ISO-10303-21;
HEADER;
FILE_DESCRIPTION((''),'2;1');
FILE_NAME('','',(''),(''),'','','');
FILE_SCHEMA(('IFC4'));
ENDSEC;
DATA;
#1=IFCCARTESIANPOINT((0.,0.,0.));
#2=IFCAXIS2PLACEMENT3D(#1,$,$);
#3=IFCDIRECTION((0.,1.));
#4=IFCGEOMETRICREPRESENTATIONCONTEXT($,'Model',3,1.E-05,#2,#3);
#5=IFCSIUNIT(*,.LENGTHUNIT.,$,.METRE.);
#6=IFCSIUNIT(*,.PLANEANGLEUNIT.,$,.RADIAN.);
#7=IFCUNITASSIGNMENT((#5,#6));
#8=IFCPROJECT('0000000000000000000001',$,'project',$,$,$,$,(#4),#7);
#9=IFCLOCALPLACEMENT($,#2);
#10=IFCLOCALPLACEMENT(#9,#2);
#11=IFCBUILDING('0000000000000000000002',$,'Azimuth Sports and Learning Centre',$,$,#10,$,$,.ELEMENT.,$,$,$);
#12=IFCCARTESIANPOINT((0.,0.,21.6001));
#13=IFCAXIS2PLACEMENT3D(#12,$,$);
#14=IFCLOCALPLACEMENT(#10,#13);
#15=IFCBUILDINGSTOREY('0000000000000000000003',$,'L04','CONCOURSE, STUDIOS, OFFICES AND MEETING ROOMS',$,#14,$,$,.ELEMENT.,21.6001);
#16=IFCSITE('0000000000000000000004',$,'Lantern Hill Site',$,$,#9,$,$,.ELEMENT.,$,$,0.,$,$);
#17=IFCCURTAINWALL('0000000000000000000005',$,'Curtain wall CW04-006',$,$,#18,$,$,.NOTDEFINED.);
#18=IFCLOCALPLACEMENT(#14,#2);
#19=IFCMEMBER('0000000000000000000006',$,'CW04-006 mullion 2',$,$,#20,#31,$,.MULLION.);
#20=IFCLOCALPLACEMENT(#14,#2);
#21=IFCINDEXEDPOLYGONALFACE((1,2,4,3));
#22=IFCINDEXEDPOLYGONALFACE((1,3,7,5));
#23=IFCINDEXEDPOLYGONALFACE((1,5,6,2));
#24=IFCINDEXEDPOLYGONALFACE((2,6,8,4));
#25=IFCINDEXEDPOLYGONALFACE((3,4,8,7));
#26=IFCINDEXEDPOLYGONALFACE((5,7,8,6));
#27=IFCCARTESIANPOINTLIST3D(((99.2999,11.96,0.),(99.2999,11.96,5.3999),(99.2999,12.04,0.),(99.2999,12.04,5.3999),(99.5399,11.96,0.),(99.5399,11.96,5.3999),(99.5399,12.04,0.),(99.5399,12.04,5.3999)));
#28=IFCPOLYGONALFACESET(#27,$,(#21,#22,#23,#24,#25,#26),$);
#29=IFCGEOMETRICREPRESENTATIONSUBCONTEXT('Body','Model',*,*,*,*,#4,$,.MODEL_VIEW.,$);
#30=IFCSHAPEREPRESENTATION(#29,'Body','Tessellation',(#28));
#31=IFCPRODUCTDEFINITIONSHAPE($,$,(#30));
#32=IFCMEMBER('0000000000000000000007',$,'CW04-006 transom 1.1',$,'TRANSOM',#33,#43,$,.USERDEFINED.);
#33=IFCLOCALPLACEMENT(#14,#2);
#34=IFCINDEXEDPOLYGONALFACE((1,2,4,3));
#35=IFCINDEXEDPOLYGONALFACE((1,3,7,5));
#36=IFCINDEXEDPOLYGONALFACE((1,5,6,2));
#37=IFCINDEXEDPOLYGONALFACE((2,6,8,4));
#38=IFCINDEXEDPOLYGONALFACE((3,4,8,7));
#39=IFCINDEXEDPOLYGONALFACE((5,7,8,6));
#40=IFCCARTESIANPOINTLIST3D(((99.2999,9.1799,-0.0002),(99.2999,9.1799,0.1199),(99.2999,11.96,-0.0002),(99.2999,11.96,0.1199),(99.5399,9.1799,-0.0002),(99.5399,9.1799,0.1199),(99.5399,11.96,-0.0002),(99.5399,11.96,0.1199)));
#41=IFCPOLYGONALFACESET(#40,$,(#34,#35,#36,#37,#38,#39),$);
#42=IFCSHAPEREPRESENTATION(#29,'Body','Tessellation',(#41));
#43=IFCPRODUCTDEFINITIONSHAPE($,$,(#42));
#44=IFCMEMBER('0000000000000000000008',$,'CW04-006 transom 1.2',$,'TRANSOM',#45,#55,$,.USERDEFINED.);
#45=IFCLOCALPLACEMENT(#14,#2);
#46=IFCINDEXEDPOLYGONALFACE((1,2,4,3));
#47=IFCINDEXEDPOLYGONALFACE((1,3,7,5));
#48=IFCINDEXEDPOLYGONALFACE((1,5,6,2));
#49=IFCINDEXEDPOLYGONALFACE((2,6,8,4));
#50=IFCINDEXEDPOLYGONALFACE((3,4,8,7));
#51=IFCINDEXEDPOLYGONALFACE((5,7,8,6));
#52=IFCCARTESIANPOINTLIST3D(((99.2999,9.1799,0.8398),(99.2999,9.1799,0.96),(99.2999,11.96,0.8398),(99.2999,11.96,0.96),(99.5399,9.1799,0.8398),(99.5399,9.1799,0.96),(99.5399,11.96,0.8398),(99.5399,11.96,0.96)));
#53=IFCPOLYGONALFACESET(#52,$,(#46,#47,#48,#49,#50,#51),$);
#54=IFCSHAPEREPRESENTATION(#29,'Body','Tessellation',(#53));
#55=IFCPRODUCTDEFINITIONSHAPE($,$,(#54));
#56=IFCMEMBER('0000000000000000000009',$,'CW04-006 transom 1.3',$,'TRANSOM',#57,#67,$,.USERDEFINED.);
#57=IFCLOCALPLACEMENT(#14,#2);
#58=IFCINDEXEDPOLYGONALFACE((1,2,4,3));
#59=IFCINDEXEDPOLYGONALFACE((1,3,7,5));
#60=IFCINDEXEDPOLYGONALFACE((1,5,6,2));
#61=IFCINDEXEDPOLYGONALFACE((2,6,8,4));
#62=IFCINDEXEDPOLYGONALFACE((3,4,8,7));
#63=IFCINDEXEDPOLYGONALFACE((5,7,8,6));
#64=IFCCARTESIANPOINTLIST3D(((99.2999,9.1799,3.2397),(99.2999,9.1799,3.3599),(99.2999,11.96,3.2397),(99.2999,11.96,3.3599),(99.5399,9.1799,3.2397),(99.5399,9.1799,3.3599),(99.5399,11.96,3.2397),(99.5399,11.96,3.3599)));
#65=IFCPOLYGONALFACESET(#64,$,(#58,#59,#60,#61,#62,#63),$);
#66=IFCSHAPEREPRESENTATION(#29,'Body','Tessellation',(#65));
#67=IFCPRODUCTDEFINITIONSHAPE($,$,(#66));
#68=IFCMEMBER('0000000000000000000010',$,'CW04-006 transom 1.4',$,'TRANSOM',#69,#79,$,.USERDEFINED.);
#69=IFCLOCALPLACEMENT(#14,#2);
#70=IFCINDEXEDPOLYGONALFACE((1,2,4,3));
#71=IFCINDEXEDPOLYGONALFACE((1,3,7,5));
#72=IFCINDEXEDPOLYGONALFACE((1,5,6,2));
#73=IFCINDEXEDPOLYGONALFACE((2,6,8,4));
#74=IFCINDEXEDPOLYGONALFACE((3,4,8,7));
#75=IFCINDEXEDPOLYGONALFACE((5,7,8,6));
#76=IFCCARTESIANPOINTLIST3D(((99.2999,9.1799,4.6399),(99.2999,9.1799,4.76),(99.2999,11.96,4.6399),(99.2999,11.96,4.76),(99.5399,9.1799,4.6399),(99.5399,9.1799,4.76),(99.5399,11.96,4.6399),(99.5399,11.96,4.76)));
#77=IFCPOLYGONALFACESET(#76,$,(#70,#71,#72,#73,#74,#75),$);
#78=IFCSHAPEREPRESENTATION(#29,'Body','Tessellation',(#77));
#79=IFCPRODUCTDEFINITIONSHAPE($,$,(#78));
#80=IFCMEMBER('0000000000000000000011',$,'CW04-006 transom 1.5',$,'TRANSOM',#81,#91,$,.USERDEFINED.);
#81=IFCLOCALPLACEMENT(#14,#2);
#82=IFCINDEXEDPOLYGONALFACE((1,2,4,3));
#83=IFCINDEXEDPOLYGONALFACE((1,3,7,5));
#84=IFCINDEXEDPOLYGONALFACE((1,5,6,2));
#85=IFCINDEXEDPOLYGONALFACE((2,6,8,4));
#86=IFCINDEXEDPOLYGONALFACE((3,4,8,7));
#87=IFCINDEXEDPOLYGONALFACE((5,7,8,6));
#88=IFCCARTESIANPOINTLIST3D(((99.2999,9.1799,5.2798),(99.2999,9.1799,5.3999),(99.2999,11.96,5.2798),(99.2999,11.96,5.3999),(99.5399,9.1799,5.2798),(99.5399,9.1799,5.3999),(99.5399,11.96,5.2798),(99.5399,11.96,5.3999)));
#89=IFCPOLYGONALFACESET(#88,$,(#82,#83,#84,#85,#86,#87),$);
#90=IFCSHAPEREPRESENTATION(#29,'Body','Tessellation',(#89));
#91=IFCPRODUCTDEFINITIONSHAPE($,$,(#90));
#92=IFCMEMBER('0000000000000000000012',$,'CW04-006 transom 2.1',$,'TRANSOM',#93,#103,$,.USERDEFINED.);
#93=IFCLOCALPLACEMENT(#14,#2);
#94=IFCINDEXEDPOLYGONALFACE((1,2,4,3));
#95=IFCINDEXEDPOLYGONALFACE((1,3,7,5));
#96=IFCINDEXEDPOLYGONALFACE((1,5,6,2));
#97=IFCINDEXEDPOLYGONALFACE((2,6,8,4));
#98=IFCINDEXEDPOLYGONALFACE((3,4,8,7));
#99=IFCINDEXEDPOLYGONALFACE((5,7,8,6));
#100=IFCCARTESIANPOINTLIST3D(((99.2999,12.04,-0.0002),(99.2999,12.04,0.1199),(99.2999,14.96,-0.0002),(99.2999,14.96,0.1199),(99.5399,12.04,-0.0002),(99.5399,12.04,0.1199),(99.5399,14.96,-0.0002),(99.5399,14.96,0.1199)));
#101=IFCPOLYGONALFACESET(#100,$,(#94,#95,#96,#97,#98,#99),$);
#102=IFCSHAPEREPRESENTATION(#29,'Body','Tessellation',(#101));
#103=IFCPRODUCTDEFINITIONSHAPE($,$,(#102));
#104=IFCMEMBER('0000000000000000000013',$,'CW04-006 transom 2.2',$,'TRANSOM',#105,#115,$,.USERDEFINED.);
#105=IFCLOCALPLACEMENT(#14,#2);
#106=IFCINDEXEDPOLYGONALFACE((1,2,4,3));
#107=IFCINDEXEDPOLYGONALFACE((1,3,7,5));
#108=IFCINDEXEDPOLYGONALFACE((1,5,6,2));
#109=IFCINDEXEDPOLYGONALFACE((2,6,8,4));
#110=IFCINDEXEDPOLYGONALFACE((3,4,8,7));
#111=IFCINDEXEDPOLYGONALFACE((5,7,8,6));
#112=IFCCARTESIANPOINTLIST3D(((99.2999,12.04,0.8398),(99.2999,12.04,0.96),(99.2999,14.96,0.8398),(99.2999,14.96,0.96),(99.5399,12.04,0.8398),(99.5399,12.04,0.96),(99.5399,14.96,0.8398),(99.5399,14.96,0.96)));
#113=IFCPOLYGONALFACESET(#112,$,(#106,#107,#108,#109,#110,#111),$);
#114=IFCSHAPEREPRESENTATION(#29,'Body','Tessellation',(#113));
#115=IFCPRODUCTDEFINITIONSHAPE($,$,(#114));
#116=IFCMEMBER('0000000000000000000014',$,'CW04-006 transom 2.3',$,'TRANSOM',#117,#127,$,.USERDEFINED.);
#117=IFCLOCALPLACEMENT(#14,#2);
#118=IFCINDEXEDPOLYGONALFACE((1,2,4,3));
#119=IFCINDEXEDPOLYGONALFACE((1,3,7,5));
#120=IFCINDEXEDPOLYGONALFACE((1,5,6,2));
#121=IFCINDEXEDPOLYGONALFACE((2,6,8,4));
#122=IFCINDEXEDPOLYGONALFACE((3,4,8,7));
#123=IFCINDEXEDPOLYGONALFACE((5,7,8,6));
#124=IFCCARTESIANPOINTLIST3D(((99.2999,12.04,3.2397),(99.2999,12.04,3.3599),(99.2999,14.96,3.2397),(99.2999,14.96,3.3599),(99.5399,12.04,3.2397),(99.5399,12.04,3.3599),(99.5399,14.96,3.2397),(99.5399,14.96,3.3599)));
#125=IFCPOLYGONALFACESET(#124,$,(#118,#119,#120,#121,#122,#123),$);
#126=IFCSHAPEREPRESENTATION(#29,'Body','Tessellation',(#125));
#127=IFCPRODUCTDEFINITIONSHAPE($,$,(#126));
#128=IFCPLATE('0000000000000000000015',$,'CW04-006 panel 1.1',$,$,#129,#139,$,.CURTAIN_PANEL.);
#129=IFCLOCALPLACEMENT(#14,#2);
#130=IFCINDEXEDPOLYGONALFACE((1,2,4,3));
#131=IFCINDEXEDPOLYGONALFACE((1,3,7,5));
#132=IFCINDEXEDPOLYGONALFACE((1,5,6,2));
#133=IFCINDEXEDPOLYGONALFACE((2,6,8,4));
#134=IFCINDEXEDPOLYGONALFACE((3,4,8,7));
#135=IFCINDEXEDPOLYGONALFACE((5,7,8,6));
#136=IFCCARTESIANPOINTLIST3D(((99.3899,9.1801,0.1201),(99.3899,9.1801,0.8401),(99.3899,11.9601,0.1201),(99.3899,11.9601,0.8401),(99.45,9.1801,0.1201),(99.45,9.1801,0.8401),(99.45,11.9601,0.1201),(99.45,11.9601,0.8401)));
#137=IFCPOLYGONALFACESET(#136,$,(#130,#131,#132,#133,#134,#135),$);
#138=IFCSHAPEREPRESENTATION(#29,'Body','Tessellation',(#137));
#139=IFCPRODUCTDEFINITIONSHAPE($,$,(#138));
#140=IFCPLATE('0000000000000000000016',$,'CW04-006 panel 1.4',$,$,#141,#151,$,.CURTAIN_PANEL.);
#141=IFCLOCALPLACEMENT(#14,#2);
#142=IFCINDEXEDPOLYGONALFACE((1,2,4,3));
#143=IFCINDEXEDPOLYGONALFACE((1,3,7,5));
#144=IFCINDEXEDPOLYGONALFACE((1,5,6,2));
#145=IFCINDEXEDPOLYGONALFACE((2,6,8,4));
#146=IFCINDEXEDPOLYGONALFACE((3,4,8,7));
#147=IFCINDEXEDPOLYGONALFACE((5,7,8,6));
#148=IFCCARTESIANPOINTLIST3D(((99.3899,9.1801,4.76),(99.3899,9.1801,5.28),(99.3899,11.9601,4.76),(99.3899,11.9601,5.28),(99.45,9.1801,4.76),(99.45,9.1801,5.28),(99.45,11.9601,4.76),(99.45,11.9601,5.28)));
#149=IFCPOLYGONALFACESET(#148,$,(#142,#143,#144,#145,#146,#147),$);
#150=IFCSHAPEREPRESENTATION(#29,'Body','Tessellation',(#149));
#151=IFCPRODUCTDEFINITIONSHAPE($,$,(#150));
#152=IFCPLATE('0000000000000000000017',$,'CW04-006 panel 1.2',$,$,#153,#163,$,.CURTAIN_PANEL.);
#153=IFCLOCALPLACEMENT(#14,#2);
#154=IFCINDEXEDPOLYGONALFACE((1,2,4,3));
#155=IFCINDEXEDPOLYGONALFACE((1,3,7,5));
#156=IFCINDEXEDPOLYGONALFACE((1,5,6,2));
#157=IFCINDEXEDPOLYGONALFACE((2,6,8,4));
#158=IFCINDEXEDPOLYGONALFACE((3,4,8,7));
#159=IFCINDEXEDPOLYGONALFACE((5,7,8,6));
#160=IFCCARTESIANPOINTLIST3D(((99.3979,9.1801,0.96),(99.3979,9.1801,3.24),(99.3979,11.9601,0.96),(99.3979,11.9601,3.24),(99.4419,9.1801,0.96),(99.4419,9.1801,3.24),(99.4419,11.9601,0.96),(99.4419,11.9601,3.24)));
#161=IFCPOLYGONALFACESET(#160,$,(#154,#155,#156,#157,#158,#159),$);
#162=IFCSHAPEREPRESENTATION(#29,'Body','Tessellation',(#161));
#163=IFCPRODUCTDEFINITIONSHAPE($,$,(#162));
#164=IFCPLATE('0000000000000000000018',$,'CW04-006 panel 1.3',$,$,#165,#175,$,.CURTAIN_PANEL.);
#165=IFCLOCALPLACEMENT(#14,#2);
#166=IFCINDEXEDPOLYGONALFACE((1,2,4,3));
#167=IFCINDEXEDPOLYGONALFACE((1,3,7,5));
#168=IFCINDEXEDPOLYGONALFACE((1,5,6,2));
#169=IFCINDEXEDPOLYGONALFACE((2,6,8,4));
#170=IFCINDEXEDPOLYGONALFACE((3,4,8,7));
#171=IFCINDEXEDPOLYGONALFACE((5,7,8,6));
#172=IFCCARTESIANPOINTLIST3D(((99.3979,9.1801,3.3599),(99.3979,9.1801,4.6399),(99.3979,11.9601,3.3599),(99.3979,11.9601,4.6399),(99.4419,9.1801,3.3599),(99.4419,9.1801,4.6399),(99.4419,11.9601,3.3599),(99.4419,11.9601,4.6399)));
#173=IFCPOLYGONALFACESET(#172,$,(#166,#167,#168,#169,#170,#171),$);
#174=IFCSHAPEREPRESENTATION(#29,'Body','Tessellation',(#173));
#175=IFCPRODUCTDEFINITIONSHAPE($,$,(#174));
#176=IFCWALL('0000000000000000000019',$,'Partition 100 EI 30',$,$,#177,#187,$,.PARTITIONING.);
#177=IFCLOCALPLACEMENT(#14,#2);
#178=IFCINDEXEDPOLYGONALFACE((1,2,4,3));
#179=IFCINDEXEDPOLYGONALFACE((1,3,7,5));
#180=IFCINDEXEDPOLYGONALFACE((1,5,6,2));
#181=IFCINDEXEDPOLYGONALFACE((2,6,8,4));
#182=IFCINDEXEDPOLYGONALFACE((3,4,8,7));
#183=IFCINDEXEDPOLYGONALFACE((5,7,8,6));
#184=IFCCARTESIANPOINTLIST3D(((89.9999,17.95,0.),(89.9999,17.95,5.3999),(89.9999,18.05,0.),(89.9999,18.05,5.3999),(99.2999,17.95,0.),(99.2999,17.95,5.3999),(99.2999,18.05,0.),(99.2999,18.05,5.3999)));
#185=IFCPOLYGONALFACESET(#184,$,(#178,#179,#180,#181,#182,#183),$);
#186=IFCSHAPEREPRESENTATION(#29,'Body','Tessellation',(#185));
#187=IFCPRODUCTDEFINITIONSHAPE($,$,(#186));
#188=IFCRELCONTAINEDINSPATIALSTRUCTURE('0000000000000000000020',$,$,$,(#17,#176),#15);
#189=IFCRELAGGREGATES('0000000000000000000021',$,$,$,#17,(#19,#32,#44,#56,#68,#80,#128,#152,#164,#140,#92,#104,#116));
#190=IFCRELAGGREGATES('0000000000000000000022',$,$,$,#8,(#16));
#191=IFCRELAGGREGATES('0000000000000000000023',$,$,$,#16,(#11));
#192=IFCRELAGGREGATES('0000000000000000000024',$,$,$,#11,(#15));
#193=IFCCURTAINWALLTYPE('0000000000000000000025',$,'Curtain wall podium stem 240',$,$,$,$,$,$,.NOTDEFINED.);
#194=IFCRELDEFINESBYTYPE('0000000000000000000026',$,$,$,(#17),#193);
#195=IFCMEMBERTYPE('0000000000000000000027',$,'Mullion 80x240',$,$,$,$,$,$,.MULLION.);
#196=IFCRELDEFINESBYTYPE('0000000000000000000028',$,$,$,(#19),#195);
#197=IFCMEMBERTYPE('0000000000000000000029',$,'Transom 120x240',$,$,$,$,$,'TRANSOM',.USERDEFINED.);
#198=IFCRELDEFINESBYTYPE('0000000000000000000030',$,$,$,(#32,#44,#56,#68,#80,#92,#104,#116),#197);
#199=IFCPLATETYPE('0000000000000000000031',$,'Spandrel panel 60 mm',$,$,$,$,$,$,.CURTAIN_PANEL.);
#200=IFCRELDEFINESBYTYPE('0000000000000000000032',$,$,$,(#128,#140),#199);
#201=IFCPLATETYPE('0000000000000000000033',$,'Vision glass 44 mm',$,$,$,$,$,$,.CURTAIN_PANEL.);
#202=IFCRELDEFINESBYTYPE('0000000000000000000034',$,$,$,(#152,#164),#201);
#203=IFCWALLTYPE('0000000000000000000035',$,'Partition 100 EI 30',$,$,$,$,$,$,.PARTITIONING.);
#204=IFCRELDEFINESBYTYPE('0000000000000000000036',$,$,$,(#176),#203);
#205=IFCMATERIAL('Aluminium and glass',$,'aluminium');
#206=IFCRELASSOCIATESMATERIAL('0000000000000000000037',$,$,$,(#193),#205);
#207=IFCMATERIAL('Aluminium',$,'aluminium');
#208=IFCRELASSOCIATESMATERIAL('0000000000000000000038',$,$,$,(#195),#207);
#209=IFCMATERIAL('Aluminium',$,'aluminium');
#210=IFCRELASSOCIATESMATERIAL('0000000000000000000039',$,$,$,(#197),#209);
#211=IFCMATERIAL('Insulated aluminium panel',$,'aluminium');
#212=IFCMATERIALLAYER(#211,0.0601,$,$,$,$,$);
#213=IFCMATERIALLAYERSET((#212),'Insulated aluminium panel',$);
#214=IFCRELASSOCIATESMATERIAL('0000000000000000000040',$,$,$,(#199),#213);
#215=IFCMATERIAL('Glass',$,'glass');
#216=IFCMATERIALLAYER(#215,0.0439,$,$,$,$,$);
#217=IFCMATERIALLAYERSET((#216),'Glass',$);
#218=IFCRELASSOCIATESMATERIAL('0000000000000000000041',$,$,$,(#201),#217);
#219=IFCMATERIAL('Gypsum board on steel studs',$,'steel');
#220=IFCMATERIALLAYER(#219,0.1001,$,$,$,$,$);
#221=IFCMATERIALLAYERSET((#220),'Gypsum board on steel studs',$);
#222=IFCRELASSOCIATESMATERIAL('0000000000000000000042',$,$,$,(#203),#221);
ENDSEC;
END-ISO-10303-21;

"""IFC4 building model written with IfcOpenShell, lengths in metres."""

from ifc_helpers import new_model, si_unit, direction, frame, frame_2d, origin, origin_2d, place, context, subcontext, project, spatial, rectangle, extrude, material, layer, layer_set, material_profile, profile_set, type_object, element, aggregate, save


model = new_model("IFC4")

# Units and contexts
model_context = context("Model", 3, precision=1e-05, world=origin(), true_north=direction((0.0, 1.0)))
body_context = subcontext(model_context, "Body", "Model", "MODEL_VIEW")
ifc_project = project(units=[si_unit("LENGTHUNIT", "METRE"), si_unit("PLANEANGLEUNIT", "RADIAN")], contexts=[model_context])

# Site, building, storey
site_placement = place(None, origin())
site = spatial("IfcSite", under=ifc_project, at=site_placement, Name="Lantern Hill Site", CompositionType="ELEMENT", RefElevation=0.0)
building_placement = place(site_placement, origin())
building = spatial("IfcBuilding", under=site, at=building_placement, Name="Azimuth Sports and Learning Centre", CompositionType="ELEMENT")
storey_placement = place(building_placement, frame((0.0, 0.0, 21.6001)))
storey = spatial("IfcBuildingStorey", under=building, at=storey_placement, Name="L04", Description="CONCOURSE, STUDIOS, OFFICES AND MEETING ROOMS", CompositionType="ELEMENT", Elevation=21.6001)

# Curtain wall, members, plates
ifc_material_1 = material(Name="Aluminium and glass", Category="aluminium")
curtain_wall_type = type_object("IfcCurtainWallType", Name="Curtain wall podium stem 240", PredefinedType="NOTDEFINED", material=ifc_material_1)
curtain_wall_placement = place(storey_placement, origin())
curtain_wall = element("IfcCurtainWall", 1, at=curtain_wall_placement, inside=storey, type_object=curtain_wall_type, Name="Curtain wall CW04-006", PredefinedType="NOTDEFINED")
ifc_material_2 = material(Name="Aluminium", Category="aluminium")
ifc_material_profile_1 = material_profile(ifc_material_2, rectangle(XDim=0.24, YDim=0.0801, at=origin_2d()), Name="Mullion 80x240")
ifc_profile_set_1 = profile_set([ifc_material_profile_1], Name="Aluminium")
member_type_1 = type_object("IfcMemberType", Name="Mullion 80x240", PredefinedType="MULLION", material=ifc_profile_set_1)
member_1_placement = place(storey_placement, frame((99.4199, 12.0, 0.0), z_axis=(0.0, 0.0, 1.0), x_axis=(-1.0, 0.0, 0.0)))
member_1 = element("IfcMember", 2, at=member_1_placement, type_object=member_type_1, Name="CW04-006 mullion 2", PredefinedType="MULLION", context=body_context, shape_type="SweptSolid", body=[
    extrude(rectangle(XDim=0.24, YDim=0.0801, at=origin_2d()), origin(), (0.0, 0.0, 1.0), 5.3999),
])
ifc_material_3 = material(Name="Aluminium", Category="aluminium")
ifc_material_profile_2 = material_profile(ifc_material_3, rectangle(XDim=0.24, YDim=0.1201, at=origin_2d()), Name="Transom 120x240")
ifc_profile_set_2 = profile_set([ifc_material_profile_2], Name="Aluminium")
member_type_2 = type_object("IfcMemberType", Name="Transom 120x240", ElementType="TRANSOM", PredefinedType="USERDEFINED", material=ifc_profile_set_2)
member_2_placement = place(storey_placement, frame((99.4199, 9.1799, 0.0598), z_axis=(0.0, 1.0, 0.0), x_axis=(-1.0, 0.0, 0.0)))
member_2 = element("IfcMember", 3, at=member_2_placement, type_object=member_type_2, Name="CW04-006 transom 1.1", ObjectType="TRANSOM", PredefinedType="USERDEFINED", context=body_context, shape_type="SweptSolid", body=[
    extrude(rectangle(XDim=0.24, YDim=0.1201, at=origin_2d()), origin(), (0.0, 0.0, 1.0), 2.78),
])
member_3_placement = place(storey_placement, frame((99.4199, 9.1799, 0.8999), z_axis=(0.0, 1.0, 0.0), x_axis=(-1.0, 0.0, 0.0)))
member_3 = element("IfcMember", 4, at=member_3_placement, type_object=member_type_2, Name="CW04-006 transom 1.2", ObjectType="TRANSOM", PredefinedType="USERDEFINED", context=body_context, shape_type="SweptSolid", body=[
    extrude(rectangle(XDim=0.24, YDim=0.1201, at=origin_2d()), origin(), (0.0, 0.0, 1.0), 2.78),
])
member_4_placement = place(storey_placement, frame((99.4199, 9.1799, 3.2998), z_axis=(0.0, 1.0, 0.0), x_axis=(-1.0, 0.0, 0.0)))
member_4 = element("IfcMember", 5, at=member_4_placement, type_object=member_type_2, Name="CW04-006 transom 1.3", ObjectType="TRANSOM", PredefinedType="USERDEFINED", context=body_context, shape_type="SweptSolid", body=[
    extrude(rectangle(XDim=0.24, YDim=0.1201, at=origin_2d()), origin(), (0.0, 0.0, 1.0), 2.78),
])
member_5_placement = place(storey_placement, frame((99.4199, 9.1799, 4.7), z_axis=(0.0, 1.0, 0.0), x_axis=(-1.0, 0.0, 0.0)))
member_5 = element("IfcMember", 6, at=member_5_placement, type_object=member_type_2, Name="CW04-006 transom 1.4", ObjectType="TRANSOM", PredefinedType="USERDEFINED", context=body_context, shape_type="SweptSolid", body=[
    extrude(rectangle(XDim=0.24, YDim=0.1201, at=origin_2d()), origin(), (0.0, 0.0, 1.0), 2.78),
])
member_6_placement = place(storey_placement, frame((99.4199, 9.1799, 5.3398), z_axis=(0.0, 1.0, 0.0), x_axis=(-1.0, 0.0, 0.0)))
member_6 = element("IfcMember", 7, at=member_6_placement, type_object=member_type_2, Name="CW04-006 transom 1.5", ObjectType="TRANSOM", PredefinedType="USERDEFINED", context=body_context, shape_type="SweptSolid", body=[
    extrude(rectangle(XDim=0.24, YDim=0.1201, at=origin_2d()), origin(), (0.0, 0.0, 1.0), 2.78),
])
member_7_placement = place(storey_placement, frame((99.4199, 12.04, 0.0598), z_axis=(0.0, 1.0, 0.0), x_axis=(-1.0, 0.0, 0.0)))
member_7 = element("IfcMember", 8, at=member_7_placement, type_object=member_type_2, Name="CW04-006 transom 2.1", ObjectType="TRANSOM", PredefinedType="USERDEFINED", context=body_context, shape_type="SweptSolid", body=[
    extrude(rectangle(XDim=0.24, YDim=0.1201, at=origin_2d()), origin(), (0.0, 0.0, 1.0), 2.9199),
])
member_8_placement = place(storey_placement, frame((99.4199, 12.04, 0.8999), z_axis=(0.0, 1.0, 0.0), x_axis=(-1.0, 0.0, 0.0)))
member_8 = element("IfcMember", 9, at=member_8_placement, type_object=member_type_2, Name="CW04-006 transom 2.2", ObjectType="TRANSOM", PredefinedType="USERDEFINED", context=body_context, shape_type="SweptSolid", body=[
    extrude(rectangle(XDim=0.24, YDim=0.1201, at=origin_2d()), origin(), (0.0, 0.0, 1.0), 2.9199),
])
member_9_placement = place(storey_placement, frame((99.4199, 12.04, 3.2998), z_axis=(0.0, 1.0, 0.0), x_axis=(-1.0, 0.0, 0.0)))
member_9 = element("IfcMember", 10, at=member_9_placement, type_object=member_type_2, Name="CW04-006 transom 2.3", ObjectType="TRANSOM", PredefinedType="USERDEFINED", context=body_context, shape_type="SweptSolid", body=[
    extrude(rectangle(XDim=0.24, YDim=0.1201, at=origin_2d()), origin(), (0.0, 0.0, 1.0), 2.9199),
])
ifc_material_4 = material(Name="Insulated aluminium panel", Category="aluminium")
ifc_layer_1 = layer(ifc_material_4, 0.0601)
ifc_layer_set_1 = layer_set([ifc_layer_1], Name="Insulated aluminium panel")
plate_type_1 = type_object("IfcPlateType", Name="Spandrel panel 60 mm", PredefinedType="CURTAIN_PANEL", material=ifc_layer_set_1)
plate_1_placement = place(storey_placement, frame((99.4199, 10.5701, 0.1201), z_axis=(0.0, 0.0, 1.0), x_axis=(0.0, 1.0, 0.0)))
plate_1 = element("IfcPlate", 11, at=plate_1_placement, type_object=plate_type_1, Name="CW04-006 panel 1.1", PredefinedType="CURTAIN_PANEL", context=body_context, shape_type="SweptSolid", body=[
    extrude(rectangle(XDim=2.78, YDim=0.0601, at=origin_2d()), origin(), (0.0, 0.0, 1.0), 0.72),
])
plate_2_placement = place(storey_placement, frame((99.4199, 10.5701, 4.76), z_axis=(0.0, 0.0, 1.0), x_axis=(0.0, 1.0, 0.0)))
plate_2 = element("IfcPlate", 12, at=plate_2_placement, type_object=plate_type_1, Name="CW04-006 panel 1.4", PredefinedType="CURTAIN_PANEL", context=body_context, shape_type="SweptSolid", body=[
    extrude(rectangle(XDim=2.78, YDim=0.0601, at=origin_2d()), origin(), (0.0, 0.0, 1.0), 0.52),
])
ifc_material_5 = material(Name="Glass", Category="glass")
ifc_layer_2 = layer(ifc_material_5, 0.0439)
ifc_layer_set_2 = layer_set([ifc_layer_2], Name="Glass")
plate_type_2 = type_object("IfcPlateType", Name="Vision glass 44 mm", PredefinedType="CURTAIN_PANEL", material=ifc_layer_set_2)
plate_3_placement = place(storey_placement, frame((99.4199, 10.5701, 0.96), z_axis=(0.0, 0.0, 1.0), x_axis=(0.0, 1.0, 0.0)))
plate_3 = element("IfcPlate", 13, at=plate_3_placement, type_object=plate_type_2, Name="CW04-006 panel 1.2", PredefinedType="CURTAIN_PANEL", context=body_context, shape_type="SweptSolid", body=[
    extrude(rectangle(XDim=2.78, YDim=0.0439, at=origin_2d()), origin(), (0.0, 0.0, 1.0), 2.28),
])
plate_4_placement = place(storey_placement, frame((99.4199, 10.5701, 3.3599), z_axis=(0.0, 0.0, 1.0), x_axis=(0.0, 1.0, 0.0)))
plate_4 = element("IfcPlate", 14, at=plate_4_placement, type_object=plate_type_2, Name="CW04-006 panel 1.3", PredefinedType="CURTAIN_PANEL", context=body_context, shape_type="SweptSolid", body=[
    extrude(rectangle(XDim=2.78, YDim=0.0439, at=origin_2d()), origin(), (0.0, 0.0, 1.0), 1.28),
])
aggregate(curtain_wall, [member_1, member_2, member_3, member_4, member_5, member_6, plate_1, plate_3, plate_4, plate_2, member_7, member_8, member_9])

# Wall
ifc_material_6 = material(Name="Gypsum board on steel studs", Category="steel")
ifc_layer_3 = layer(ifc_material_6, 0.1001)
ifc_layer_set_3 = layer_set([ifc_layer_3], Name="Gypsum board on steel studs")
wall_type = type_object("IfcWallType", Name="Partition 100 EI 30", PredefinedType="PARTITIONING", material=ifc_layer_set_3)
wall_1_placement = place(storey_placement, frame((90.0, 18.0, 0.0), z_axis=(0.0, 0.0, 1.0), x_axis=(1.0, 0.0, 0.0)))
element("IfcWall", 15, at=wall_1_placement, inside=storey, type_object=wall_type, Name="Partition 100 EI 30", PredefinedType="PARTITIONING", context=body_context, shape_type="SweptSolid", body=[
    extrude(rectangle(XDim=9.3, YDim=0.1001, at=frame_2d((4.6499, 0.0))), origin(), (0.0, 0.0, 1.0), 5.3999),
])

save(model, "model.ifc")
